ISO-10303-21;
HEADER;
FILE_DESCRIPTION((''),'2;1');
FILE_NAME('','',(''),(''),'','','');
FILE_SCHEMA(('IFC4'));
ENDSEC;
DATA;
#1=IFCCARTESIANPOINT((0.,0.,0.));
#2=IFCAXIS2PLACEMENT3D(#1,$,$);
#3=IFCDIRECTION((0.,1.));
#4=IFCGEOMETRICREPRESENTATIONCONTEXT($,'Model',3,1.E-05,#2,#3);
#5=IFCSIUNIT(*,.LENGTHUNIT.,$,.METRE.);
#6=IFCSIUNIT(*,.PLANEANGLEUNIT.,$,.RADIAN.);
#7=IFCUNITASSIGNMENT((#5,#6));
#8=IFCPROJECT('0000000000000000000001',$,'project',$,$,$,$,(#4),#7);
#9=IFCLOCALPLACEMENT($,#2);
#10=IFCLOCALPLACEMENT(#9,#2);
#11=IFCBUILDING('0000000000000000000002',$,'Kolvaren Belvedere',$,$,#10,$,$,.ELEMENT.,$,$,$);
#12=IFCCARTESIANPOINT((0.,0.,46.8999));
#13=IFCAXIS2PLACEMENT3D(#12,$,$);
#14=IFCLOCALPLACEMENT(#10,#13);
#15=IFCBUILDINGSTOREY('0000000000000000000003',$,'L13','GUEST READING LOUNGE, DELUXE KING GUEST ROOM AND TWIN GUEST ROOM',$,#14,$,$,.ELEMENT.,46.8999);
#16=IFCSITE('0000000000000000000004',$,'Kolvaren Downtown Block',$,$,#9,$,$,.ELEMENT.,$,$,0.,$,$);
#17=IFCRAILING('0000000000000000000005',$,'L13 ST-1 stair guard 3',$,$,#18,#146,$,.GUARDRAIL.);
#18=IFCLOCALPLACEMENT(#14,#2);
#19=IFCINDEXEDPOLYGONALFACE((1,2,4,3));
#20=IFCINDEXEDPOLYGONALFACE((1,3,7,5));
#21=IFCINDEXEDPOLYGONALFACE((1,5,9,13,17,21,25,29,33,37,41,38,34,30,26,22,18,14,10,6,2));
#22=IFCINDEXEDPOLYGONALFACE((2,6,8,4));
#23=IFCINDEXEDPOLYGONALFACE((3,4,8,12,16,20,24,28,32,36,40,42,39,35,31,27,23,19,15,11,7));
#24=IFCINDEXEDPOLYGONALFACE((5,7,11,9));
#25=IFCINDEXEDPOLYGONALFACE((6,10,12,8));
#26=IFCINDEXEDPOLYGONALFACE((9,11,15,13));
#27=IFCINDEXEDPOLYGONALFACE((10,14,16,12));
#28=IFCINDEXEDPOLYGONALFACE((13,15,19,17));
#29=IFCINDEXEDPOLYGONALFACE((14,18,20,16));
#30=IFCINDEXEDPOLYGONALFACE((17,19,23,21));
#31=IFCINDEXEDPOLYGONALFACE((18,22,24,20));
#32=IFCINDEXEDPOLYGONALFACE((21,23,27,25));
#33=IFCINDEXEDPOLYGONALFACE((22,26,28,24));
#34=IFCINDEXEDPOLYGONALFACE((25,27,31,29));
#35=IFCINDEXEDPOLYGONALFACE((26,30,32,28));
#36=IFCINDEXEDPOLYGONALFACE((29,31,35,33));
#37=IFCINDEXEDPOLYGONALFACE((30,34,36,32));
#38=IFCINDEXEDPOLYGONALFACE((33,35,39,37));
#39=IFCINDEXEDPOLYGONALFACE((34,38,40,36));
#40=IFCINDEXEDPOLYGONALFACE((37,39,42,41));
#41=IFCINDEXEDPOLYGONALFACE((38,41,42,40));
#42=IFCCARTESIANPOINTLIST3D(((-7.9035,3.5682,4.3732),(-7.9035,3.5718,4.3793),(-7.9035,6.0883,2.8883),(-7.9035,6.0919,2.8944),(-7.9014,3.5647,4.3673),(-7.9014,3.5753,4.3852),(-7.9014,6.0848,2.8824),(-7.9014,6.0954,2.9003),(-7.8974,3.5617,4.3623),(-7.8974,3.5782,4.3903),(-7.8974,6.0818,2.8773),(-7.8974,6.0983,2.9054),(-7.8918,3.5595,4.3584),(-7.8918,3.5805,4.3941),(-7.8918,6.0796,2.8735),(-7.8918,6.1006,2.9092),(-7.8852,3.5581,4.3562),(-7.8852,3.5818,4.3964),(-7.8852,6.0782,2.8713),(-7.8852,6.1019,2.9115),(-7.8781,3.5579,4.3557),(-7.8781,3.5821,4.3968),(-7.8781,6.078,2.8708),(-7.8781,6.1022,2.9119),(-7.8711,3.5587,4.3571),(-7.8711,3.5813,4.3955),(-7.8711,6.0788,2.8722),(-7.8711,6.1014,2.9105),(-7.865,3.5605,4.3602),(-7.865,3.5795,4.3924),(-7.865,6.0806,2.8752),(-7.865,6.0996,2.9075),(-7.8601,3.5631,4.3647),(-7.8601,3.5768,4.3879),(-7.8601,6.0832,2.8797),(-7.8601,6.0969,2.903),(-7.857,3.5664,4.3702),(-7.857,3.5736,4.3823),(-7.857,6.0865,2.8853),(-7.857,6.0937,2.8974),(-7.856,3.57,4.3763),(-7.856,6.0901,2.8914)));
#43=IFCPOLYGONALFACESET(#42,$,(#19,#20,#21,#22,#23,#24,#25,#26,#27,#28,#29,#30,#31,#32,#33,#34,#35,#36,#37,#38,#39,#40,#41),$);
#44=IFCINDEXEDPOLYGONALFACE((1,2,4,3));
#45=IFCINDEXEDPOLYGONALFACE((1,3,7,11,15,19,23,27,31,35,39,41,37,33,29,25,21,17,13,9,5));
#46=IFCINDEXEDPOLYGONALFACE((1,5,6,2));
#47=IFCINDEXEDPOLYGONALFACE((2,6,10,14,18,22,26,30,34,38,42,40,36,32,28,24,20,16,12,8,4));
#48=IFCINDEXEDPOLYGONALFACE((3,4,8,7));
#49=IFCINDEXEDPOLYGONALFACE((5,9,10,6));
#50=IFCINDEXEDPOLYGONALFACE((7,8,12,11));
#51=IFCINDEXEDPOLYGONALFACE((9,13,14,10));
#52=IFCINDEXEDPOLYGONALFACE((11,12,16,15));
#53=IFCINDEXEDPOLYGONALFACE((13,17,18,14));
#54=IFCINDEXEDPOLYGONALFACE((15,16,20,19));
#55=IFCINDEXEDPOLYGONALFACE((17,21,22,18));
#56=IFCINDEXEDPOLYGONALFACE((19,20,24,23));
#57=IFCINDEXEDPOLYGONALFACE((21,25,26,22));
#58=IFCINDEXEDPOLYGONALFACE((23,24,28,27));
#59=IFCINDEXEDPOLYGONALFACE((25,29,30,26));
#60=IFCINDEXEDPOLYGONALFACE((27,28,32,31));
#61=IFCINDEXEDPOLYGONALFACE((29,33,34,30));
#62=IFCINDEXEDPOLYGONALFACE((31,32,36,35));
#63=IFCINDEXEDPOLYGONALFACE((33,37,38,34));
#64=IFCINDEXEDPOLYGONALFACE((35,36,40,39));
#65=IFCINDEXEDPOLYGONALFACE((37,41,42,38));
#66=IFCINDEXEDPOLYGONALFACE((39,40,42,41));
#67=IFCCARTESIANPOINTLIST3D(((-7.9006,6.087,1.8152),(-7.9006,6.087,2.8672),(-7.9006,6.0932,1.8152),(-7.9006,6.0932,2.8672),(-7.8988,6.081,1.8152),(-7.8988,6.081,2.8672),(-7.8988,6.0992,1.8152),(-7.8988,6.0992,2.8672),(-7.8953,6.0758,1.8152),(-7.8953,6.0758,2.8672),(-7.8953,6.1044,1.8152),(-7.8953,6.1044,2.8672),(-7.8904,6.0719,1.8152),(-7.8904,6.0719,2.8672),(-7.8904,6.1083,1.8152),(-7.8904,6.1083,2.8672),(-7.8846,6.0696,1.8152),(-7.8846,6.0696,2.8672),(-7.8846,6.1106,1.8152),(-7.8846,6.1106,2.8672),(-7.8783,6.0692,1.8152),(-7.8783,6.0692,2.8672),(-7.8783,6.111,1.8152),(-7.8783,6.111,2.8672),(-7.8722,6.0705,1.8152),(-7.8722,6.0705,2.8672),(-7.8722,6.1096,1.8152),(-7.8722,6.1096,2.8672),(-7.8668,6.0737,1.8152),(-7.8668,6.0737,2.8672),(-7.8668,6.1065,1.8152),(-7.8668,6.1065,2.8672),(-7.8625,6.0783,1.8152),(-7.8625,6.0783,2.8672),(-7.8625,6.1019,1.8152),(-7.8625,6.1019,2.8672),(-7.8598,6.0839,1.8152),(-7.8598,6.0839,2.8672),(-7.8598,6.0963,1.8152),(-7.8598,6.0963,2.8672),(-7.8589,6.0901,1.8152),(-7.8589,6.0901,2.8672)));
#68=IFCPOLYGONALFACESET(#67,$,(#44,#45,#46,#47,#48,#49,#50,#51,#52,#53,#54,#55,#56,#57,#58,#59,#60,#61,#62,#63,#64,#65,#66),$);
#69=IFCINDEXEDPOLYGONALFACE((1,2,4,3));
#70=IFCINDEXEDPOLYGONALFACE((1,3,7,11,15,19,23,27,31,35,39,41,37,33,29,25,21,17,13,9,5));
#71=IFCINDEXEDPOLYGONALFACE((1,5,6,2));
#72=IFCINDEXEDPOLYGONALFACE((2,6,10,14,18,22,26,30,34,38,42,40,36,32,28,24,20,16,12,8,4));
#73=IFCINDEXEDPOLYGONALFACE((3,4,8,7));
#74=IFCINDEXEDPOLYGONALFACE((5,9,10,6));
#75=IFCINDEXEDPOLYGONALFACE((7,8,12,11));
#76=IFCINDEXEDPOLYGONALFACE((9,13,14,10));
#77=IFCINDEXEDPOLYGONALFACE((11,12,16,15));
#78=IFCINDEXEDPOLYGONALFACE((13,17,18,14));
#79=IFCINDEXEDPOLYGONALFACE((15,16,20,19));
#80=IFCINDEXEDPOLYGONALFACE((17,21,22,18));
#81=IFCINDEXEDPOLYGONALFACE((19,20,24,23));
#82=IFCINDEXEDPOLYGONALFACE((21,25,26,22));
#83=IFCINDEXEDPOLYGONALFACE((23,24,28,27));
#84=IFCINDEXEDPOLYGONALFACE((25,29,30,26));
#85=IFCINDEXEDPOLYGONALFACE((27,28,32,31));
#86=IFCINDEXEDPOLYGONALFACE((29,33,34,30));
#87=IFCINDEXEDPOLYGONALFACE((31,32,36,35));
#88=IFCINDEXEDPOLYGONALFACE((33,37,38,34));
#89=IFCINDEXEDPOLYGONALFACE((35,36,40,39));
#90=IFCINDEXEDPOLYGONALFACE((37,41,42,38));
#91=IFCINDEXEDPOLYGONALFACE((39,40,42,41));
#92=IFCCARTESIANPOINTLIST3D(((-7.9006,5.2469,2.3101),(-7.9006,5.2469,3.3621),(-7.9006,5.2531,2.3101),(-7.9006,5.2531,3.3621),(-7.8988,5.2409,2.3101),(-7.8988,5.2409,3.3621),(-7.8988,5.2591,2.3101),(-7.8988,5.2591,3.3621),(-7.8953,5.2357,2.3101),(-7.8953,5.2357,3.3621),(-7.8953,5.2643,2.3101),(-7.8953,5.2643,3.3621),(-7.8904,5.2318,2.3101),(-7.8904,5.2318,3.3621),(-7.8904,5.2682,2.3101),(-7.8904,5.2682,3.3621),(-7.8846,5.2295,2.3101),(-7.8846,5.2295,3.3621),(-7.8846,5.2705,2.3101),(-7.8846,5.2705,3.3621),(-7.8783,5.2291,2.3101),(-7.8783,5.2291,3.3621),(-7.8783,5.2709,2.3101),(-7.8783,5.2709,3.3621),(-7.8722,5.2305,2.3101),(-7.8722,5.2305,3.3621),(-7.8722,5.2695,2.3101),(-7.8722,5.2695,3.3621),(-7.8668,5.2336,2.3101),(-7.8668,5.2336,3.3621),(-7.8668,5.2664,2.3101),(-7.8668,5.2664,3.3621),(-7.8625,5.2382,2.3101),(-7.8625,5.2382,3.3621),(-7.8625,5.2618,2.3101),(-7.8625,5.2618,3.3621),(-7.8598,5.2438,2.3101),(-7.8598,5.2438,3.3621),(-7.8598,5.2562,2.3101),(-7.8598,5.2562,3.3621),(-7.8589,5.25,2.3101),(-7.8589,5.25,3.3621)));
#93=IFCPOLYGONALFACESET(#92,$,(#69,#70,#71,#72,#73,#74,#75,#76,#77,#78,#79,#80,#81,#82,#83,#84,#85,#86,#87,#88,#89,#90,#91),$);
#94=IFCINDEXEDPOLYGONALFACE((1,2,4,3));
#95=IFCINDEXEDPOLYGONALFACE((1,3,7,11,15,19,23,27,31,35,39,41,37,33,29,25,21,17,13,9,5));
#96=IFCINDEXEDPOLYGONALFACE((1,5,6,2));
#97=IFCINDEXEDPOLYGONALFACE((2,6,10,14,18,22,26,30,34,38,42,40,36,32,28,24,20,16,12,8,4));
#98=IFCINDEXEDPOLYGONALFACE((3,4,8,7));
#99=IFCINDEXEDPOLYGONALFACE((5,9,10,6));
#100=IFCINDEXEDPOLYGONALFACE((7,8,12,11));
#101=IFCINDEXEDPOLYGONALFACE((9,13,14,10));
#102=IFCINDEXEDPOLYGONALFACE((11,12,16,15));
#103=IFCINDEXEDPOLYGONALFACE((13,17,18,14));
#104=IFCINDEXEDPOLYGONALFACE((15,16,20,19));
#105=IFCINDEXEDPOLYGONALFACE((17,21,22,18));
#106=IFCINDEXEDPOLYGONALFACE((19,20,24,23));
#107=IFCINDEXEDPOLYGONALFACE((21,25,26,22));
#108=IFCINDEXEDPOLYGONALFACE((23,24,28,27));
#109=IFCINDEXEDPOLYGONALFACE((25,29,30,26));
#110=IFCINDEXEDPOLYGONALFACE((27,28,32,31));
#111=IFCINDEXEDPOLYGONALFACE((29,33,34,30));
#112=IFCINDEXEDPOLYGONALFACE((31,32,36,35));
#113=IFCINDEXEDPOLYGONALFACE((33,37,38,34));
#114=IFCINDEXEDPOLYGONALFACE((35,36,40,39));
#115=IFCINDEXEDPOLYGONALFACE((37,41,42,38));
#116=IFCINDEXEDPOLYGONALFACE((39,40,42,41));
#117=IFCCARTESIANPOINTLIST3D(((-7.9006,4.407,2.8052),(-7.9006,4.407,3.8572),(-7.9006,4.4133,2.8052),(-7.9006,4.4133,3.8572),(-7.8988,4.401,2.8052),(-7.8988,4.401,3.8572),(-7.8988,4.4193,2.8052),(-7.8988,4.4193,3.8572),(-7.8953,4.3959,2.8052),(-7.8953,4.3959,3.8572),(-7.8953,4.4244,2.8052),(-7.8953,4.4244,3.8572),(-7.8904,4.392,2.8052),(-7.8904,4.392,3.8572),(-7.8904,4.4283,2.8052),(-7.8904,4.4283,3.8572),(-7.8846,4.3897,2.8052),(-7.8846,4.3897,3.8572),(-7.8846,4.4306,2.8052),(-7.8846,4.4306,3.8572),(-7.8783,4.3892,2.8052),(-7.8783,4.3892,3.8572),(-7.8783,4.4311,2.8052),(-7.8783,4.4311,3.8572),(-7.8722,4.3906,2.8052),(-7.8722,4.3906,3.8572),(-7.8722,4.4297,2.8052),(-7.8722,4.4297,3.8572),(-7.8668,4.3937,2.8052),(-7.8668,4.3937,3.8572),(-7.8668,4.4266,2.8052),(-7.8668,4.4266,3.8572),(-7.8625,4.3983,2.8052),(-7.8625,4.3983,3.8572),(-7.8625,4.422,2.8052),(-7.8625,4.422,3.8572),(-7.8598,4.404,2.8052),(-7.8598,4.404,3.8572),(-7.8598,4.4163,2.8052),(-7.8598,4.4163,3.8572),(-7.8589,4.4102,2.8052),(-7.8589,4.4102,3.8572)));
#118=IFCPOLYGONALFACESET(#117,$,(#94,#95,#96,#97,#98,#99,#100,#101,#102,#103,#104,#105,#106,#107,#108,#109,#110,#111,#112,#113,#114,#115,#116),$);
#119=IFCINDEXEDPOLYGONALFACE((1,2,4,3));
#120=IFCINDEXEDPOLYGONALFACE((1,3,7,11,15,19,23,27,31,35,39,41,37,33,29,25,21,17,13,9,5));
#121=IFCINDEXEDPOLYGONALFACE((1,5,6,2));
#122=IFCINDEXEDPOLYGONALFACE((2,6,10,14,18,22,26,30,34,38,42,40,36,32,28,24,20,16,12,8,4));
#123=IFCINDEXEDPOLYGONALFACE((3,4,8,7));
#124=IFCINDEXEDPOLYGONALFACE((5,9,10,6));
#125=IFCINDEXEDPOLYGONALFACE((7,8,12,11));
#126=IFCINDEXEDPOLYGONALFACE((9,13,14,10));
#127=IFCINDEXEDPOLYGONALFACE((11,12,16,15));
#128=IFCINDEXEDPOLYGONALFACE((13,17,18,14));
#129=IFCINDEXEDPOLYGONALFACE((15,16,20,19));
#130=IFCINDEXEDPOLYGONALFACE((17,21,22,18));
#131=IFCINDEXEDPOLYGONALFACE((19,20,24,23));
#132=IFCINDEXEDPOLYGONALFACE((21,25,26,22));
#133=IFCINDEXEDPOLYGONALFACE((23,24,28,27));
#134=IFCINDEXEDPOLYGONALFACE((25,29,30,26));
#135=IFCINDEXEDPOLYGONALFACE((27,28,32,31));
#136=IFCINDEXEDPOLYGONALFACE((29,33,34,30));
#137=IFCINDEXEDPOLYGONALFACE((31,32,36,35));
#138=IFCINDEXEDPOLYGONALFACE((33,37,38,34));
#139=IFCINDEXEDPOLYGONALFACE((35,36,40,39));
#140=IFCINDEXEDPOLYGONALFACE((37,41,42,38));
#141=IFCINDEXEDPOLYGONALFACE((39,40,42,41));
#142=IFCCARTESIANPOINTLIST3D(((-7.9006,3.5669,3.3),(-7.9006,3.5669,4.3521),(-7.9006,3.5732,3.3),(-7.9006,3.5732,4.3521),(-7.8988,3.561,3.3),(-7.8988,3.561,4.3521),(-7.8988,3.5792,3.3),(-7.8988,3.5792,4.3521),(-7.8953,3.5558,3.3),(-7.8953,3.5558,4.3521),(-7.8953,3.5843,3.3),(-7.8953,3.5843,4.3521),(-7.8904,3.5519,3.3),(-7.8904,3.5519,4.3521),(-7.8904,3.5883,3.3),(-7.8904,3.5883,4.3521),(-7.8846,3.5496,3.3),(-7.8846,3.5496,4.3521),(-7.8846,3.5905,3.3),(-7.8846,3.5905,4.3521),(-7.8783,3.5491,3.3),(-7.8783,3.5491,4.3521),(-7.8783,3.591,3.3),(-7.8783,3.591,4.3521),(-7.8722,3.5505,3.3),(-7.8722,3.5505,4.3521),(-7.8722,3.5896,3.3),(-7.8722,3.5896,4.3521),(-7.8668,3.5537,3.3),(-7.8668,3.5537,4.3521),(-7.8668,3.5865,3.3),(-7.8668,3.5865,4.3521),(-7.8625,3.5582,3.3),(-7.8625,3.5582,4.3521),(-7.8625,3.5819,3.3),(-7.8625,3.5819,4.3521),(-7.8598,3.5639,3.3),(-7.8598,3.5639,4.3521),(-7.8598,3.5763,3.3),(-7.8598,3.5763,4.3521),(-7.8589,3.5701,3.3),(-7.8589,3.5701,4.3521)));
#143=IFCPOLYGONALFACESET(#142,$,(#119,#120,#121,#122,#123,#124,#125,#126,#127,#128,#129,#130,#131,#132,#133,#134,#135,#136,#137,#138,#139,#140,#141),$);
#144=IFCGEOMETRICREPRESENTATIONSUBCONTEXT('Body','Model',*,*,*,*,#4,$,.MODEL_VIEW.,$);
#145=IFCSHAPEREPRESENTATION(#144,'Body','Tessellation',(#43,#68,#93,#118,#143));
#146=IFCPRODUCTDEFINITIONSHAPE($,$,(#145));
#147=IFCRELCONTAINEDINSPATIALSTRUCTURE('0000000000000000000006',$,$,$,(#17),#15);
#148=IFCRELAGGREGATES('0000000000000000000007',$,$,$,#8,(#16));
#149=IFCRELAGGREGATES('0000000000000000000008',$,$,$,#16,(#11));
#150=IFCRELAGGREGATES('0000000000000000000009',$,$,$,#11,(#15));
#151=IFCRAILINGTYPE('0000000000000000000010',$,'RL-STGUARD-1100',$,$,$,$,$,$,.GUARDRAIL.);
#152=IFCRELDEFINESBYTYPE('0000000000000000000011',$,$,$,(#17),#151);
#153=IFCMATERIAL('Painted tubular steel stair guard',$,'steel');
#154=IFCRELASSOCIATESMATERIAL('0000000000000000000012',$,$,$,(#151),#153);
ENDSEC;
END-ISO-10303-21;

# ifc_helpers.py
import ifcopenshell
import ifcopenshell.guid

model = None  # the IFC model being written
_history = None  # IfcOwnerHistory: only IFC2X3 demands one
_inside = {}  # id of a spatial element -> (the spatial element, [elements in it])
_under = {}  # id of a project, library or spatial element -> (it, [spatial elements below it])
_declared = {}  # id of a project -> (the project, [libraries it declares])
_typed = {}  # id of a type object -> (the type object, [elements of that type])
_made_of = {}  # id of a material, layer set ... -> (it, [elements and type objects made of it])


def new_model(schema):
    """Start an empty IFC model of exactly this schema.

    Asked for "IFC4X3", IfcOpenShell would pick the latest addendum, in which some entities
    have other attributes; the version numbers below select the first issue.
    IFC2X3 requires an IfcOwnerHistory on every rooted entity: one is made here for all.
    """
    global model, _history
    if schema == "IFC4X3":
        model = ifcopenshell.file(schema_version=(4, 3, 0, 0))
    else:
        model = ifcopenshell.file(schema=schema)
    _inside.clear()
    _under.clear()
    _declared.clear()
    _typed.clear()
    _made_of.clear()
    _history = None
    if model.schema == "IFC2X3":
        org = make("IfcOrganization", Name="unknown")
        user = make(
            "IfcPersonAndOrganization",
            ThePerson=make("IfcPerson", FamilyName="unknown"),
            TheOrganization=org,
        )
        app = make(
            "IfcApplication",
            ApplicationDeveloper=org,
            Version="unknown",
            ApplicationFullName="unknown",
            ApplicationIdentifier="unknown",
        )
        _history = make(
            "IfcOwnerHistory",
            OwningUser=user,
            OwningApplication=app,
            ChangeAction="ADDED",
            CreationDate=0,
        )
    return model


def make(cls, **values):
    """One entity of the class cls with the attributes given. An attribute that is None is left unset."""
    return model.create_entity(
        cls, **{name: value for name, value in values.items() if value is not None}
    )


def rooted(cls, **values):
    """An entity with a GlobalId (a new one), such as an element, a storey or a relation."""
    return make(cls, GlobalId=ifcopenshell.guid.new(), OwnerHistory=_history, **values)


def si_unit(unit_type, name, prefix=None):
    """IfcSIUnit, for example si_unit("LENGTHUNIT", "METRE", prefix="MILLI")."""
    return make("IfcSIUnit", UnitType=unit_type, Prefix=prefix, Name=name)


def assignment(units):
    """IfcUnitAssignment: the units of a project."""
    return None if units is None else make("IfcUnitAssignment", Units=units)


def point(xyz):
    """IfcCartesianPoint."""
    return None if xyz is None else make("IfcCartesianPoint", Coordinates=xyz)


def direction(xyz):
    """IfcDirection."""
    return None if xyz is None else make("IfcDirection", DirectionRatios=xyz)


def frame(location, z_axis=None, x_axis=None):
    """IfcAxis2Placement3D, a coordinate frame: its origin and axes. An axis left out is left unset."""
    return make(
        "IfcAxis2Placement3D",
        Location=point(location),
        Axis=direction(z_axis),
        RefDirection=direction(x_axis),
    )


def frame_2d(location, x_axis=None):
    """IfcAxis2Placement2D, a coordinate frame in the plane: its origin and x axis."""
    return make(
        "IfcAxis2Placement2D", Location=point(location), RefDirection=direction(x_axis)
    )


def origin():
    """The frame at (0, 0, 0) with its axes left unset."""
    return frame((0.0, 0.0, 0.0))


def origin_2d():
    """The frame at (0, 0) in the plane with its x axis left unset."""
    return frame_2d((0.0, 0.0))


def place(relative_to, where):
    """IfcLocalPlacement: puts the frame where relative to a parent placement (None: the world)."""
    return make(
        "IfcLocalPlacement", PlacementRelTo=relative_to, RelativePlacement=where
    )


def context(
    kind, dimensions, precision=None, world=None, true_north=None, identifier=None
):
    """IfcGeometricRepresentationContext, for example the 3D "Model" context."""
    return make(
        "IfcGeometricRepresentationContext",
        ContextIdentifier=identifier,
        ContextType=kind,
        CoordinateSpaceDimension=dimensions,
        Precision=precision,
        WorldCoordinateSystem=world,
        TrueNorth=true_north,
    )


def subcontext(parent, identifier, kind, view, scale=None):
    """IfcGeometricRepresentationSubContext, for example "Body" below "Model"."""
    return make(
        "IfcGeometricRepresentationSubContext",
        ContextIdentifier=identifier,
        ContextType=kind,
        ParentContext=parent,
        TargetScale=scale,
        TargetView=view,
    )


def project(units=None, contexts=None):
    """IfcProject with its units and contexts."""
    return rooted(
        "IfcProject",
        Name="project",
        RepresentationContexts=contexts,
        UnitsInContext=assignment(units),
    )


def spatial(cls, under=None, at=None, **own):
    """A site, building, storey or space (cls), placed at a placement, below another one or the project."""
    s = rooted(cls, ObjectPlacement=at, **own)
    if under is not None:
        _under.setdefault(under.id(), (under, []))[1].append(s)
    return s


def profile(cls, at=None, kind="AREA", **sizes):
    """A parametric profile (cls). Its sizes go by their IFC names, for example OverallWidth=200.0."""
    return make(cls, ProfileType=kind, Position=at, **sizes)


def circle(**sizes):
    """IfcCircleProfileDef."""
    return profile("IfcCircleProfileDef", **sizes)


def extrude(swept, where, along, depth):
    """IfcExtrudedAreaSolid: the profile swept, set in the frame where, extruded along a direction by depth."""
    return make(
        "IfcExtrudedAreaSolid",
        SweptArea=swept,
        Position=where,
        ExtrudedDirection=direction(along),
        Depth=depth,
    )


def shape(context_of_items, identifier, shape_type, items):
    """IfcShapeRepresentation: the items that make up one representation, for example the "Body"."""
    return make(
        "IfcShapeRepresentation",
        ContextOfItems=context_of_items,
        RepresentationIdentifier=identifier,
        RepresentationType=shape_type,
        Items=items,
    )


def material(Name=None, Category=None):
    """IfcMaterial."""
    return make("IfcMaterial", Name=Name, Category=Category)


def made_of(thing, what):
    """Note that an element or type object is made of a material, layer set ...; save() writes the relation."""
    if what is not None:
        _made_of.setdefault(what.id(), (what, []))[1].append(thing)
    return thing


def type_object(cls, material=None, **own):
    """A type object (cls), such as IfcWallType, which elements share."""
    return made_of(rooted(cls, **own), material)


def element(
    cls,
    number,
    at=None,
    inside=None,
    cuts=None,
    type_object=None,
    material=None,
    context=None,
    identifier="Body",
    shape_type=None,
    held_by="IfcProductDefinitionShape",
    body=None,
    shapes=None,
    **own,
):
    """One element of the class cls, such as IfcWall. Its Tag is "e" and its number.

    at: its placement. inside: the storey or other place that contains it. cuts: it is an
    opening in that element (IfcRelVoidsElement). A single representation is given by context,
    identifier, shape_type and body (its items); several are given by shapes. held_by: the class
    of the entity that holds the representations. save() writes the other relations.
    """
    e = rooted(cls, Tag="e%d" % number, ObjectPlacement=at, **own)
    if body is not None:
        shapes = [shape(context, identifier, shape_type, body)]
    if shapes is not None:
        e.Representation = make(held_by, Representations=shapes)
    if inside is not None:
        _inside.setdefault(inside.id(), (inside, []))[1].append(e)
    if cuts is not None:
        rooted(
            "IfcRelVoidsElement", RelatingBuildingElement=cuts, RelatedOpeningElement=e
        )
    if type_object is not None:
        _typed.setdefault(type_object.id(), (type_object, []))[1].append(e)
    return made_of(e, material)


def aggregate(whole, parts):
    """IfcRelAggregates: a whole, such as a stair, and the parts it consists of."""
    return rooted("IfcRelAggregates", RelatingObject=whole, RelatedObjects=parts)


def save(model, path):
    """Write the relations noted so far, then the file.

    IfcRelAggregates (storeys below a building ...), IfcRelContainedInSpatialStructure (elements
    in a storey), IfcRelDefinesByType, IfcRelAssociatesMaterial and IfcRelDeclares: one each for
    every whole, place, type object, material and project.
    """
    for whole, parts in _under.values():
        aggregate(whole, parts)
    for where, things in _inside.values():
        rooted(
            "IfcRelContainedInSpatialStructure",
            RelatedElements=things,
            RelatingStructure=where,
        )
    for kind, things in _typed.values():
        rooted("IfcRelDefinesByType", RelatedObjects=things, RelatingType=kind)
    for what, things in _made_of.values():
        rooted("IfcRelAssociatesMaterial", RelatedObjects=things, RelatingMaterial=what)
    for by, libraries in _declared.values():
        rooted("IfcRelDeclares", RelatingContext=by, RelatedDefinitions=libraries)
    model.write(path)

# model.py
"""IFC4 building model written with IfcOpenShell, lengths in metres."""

from ifc_helpers import new_model, si_unit, direction, frame, origin, origin_2d, place, context, subcontext, project, spatial, circle, extrude, material, type_object, element, save


model = new_model("IFC4")

# Units and contexts
model_context = context("Model", 3, precision=1e-05, world=origin(), true_north=direction((0.0, 1.0)))
body_context = subcontext(model_context, "Body", "Model", "MODEL_VIEW")
ifc_project = project(units=[si_unit("LENGTHUNIT", "METRE"), si_unit("PLANEANGLEUNIT", "RADIAN")], contexts=[model_context])

# Site, building, storey
site_placement = place(None, origin())
site = spatial("IfcSite", under=ifc_project, at=site_placement, Name="Kolvaren Downtown Block", CompositionType="ELEMENT", RefElevation=0.0)
building_placement = place(site_placement, origin())
building = spatial("IfcBuilding", under=site, at=building_placement, Name="Kolvaren Belvedere", CompositionType="ELEMENT")
storey_placement = place(building_placement, frame((0.0, 0.0, 46.8999)))
storey = spatial("IfcBuildingStorey", under=building, at=storey_placement, Name="L13", Description="GUEST READING LOUNGE, DELUXE KING GUEST ROOM AND TWIN GUEST ROOM", CompositionType="ELEMENT", Elevation=46.8999)

# Railing
ifc_material_1 = material(Name="Painted tubular steel stair guard", Category="steel")
railing_type_1 = type_object("IfcRailingType", Name="RL-STGUARD-1100", PredefinedType="GUARDRAIL", material=ifc_material_1)
railing_1_placement = place(storey_placement, frame((-7.8799, 6.0901, 1.8152)))
element("IfcRailing", 1, at=railing_1_placement, inside=storey, type_object=railing_type_1, Name="L13 ST-1 stair guard 3", PredefinedType="GUARDRAIL", context=body_context, shape_type="SweptSolid", body=[
    extrude(circle(Radius=0.0239, at=origin_2d()), frame((0.0, 0.0, 1.0762), z_axis=(0.0, -0.861561, 0.507655), x_axis=(1.0, 0.0, 0.0)), (0.0, 0.0, 1.0), 2.925),
    extrude(circle(Radius=0.021, at=origin_2d()), origin(), (0.0, 0.0, 1.0), 1.052),
    extrude(circle(Radius=0.021, at=origin_2d()), frame((0.0, -0.8401, 0.4949)), (0.0, 0.0, 1.0), 1.052),
    extrude(circle(Radius=0.021, at=origin_2d()), frame((0.0, -1.6799, 0.99)), (0.0, 0.0, 1.0), 1.052),
    extrude(circle(Radius=0.021, at=origin_2d()), frame((0.0, -2.52, 1.4849)), (0.0, 0.0, 1.0), 1.052),
])

save(model, "model.ifc")
